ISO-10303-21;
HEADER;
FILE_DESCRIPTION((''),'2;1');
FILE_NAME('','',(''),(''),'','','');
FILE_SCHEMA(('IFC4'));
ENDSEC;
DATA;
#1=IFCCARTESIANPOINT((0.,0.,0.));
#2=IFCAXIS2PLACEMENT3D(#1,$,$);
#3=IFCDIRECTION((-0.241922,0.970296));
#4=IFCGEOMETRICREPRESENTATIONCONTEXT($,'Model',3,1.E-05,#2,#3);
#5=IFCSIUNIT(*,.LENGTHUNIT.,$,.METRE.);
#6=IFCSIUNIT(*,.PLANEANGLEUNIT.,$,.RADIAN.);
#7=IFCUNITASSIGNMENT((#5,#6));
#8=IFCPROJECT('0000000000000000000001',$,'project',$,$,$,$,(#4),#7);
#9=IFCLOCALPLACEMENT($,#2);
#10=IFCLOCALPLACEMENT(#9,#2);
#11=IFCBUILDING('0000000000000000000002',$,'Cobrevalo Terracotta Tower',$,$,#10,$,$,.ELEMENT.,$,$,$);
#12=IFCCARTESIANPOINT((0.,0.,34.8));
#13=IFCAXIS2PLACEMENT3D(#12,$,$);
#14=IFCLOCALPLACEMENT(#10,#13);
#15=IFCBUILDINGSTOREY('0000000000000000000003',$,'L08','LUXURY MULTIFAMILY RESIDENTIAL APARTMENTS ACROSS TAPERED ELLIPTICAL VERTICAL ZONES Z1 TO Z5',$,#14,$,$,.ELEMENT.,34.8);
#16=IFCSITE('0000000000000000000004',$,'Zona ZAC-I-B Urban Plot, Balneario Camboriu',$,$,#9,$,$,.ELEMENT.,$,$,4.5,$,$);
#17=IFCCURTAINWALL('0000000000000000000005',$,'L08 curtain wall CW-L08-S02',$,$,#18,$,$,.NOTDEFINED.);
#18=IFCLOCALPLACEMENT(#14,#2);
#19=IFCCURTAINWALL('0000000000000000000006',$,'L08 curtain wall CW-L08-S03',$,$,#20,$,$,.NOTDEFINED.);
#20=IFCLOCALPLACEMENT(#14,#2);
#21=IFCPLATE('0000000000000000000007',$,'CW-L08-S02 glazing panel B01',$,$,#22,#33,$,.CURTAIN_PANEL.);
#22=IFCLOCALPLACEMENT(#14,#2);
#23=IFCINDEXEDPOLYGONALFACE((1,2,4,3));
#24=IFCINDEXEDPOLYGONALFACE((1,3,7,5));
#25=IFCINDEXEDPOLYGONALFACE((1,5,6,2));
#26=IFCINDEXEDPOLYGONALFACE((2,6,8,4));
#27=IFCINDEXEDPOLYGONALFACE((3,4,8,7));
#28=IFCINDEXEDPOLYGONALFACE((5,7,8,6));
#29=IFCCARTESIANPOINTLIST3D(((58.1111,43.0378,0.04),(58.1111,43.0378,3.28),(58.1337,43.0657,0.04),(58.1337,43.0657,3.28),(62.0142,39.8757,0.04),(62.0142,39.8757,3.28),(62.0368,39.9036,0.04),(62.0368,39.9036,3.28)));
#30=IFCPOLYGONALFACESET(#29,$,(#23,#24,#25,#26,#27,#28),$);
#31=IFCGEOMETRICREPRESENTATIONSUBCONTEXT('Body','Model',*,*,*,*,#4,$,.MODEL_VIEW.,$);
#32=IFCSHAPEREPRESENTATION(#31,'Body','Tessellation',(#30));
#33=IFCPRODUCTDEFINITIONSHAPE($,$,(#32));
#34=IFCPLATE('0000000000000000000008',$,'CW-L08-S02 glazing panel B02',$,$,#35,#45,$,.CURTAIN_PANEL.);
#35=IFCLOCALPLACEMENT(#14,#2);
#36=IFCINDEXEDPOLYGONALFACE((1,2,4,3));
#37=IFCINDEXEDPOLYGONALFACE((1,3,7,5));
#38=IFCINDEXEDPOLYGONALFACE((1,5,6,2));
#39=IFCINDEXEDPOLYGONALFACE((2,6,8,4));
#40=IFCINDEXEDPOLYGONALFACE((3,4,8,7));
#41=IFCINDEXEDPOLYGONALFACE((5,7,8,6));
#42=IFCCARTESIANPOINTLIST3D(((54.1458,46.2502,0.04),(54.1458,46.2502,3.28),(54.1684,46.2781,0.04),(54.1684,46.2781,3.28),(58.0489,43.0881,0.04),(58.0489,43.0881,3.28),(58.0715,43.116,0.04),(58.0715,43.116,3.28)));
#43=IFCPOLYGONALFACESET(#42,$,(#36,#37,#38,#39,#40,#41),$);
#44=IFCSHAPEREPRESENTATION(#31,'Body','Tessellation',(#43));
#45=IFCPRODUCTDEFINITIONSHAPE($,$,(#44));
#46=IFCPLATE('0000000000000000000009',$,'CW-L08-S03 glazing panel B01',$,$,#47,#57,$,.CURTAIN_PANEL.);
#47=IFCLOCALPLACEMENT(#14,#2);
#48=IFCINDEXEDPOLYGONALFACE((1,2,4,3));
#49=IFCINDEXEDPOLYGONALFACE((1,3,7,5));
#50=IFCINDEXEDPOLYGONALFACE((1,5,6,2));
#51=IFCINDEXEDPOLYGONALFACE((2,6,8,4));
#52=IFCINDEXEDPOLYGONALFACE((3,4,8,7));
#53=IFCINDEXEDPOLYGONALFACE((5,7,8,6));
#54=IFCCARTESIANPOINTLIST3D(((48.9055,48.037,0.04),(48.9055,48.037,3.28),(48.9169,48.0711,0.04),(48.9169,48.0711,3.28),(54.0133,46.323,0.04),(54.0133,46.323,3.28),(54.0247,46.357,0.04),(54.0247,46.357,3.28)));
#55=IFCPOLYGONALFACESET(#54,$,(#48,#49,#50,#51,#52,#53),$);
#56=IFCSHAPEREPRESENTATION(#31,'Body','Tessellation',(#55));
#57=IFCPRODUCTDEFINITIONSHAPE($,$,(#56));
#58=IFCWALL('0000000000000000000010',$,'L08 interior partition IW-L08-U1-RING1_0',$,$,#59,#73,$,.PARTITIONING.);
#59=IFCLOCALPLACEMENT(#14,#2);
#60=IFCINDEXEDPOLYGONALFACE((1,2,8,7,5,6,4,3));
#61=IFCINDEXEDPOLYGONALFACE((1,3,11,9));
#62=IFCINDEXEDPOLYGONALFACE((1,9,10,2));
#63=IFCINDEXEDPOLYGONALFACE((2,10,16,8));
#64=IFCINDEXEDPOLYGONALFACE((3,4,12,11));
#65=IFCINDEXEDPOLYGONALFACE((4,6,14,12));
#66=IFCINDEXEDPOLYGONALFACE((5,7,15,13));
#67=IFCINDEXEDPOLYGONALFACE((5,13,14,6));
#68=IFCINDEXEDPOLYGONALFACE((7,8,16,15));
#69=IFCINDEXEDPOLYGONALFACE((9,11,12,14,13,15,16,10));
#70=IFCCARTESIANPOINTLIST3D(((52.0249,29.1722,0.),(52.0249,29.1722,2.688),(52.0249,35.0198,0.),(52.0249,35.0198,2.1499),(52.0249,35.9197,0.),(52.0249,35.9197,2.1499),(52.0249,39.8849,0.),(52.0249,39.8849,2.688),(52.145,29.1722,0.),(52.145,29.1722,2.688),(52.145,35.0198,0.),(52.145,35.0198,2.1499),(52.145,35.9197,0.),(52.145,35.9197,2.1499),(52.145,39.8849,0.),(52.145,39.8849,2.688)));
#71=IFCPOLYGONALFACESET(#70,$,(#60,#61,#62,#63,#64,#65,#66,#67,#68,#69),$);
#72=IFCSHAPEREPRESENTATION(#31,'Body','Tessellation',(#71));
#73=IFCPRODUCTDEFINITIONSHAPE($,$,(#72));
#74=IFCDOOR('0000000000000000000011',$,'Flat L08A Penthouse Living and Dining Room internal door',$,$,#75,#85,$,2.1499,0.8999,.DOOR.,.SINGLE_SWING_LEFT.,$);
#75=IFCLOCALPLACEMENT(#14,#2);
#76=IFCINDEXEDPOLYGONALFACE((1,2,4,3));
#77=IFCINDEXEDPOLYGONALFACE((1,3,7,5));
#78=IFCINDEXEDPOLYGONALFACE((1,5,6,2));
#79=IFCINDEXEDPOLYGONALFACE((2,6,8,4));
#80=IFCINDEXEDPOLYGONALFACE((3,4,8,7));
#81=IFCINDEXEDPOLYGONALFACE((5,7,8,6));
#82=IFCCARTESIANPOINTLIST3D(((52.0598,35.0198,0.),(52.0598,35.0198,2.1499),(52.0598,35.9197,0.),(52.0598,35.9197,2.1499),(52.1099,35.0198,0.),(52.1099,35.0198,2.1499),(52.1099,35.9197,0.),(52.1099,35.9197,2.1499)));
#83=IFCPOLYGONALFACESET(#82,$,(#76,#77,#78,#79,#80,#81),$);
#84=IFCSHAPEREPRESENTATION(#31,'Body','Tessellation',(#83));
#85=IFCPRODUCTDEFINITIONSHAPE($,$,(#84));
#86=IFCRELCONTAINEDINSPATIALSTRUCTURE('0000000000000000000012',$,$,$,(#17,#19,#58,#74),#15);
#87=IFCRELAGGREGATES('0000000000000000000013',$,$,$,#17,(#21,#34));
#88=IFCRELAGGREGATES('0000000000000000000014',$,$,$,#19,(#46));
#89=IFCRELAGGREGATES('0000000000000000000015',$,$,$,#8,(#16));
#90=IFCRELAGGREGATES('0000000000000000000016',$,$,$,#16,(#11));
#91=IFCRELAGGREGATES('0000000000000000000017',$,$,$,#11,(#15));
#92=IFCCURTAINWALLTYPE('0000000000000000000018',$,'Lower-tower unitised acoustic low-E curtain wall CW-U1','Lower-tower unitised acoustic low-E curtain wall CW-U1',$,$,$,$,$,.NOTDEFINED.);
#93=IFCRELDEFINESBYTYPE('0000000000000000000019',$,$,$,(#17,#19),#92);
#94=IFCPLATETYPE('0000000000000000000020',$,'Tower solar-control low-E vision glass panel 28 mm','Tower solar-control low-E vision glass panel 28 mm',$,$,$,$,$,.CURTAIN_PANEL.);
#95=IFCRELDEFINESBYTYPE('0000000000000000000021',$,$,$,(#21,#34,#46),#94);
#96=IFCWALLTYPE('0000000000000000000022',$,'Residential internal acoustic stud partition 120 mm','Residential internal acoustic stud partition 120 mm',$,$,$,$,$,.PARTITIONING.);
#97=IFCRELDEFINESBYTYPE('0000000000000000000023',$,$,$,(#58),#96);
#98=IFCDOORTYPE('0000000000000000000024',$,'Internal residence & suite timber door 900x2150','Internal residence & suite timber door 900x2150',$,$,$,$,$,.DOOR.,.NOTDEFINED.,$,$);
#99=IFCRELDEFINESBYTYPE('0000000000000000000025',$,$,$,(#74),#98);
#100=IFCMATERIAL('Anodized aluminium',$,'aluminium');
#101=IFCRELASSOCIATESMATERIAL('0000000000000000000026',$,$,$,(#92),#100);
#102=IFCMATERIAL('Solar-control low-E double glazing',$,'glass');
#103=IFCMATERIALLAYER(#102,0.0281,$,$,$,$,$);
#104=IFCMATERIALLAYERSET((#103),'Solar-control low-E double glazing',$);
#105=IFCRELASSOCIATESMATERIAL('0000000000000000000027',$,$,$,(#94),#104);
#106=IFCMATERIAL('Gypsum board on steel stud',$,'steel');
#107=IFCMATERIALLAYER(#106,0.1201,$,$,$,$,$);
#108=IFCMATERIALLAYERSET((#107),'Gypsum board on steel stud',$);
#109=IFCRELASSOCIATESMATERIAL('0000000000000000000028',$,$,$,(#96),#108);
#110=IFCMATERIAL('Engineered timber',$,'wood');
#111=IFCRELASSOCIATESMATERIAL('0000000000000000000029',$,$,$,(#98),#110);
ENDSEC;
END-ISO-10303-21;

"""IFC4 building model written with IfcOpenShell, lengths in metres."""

from ifc_helpers import new_model, si_unit, direction, frame, frame_2d, origin, origin_2d, place, context, subcontext, project, spatial, rectangle, extrude, source, transform, mapped, material, layer, layer_set, type_object, element, fill, aggregate, save


model = new_model("IFC4")

# Units and contexts
model_context = context("Model", 3, precision=1e-05, world=origin(), true_north=direction((-0.241922, 0.970296)))
body_context = subcontext(model_context, "Body", "Model", "MODEL_VIEW")
ifc_project = project(units=[si_unit("LENGTHUNIT", "METRE"), si_unit("PLANEANGLEUNIT", "RADIAN")], contexts=[model_context])

# Site, building, storey
site_placement = place(None, origin())
site = spatial("IfcSite", under=ifc_project, at=site_placement, Name="Zona ZAC-I-B Urban Plot, Balneario Camboriu", CompositionType="ELEMENT", RefElevation=4.5)
building_placement = place(site_placement, origin())
building = spatial("IfcBuilding", under=site, at=building_placement, Name="Cobrevalo Terracotta Tower", CompositionType="ELEMENT")
storey_placement = place(building_placement, frame((0.0, 0.0, 34.8)))
storey = spatial("IfcBuildingStorey", under=building, at=storey_placement, Name="L08", Description="LUXURY MULTIFAMILY RESIDENTIAL APARTMENTS ACROSS TAPERED ELLIPTICAL VERTICAL ZONES Z1 TO Z5", CompositionType="ELEMENT", Elevation=34.8)

# Curtain walls
ifc_material_1 = material(Name="Anodized aluminium", Category="aluminium")
curtain_wall_type = type_object("IfcCurtainWallType", Name="Lower-tower unitised acoustic low-E curtain wall CW-U1", Description="Lower-tower unitised acoustic low-E curtain wall CW-U1", PredefinedType="NOTDEFINED", material=ifc_material_1)
curtain_wall_1_placement = place(storey_placement, origin())
curtain_wall_1 = element("IfcCurtainWall", 1, at=curtain_wall_1_placement, inside=storey, type_object=curtain_wall_type, Name="L08 curtain wall CW-L08-S02", PredefinedType="NOTDEFINED")
curtain_wall_2_placement = place(storey_placement, origin())
curtain_wall_2 = element("IfcCurtainWall", 2, at=curtain_wall_2_placement, inside=storey, type_object=curtain_wall_type, Name="L08 curtain wall CW-L08-S03", PredefinedType="NOTDEFINED")

# Plates
ifc_material_2 = material(Name="Solar-control low-E double glazing", Category="glass")
ifc_layer_1 = layer(ifc_material_2, 0.0281)
ifc_layer_set_1 = layer_set([ifc_layer_1], Name="Solar-control low-E double glazing")
plate_type = type_object("IfcPlateType", Name="Tower solar-control low-E vision glass panel 28 mm", Description="Tower solar-control low-E vision glass panel 28 mm", PredefinedType="CURTAIN_PANEL", material=ifc_layer_set_1)
shared_shape_1 = source(origin(), body_context, "Body", "SweptSolid", [
    extrude(rectangle(XDim=5.0232, YDim=0.0359, at=origin_2d()), origin(), (0.0, 0.0, 1.0), 3.24),
])
plate_1_placement = place(storey_placement, frame((60.074, 41.4707, 0.04), z_axis=(0.0, 0.0, 1.0), x_axis=(-0.777008, 0.629491, 0.0)))
plate_1 = element("IfcPlate", 3, at=plate_1_placement, type_object=plate_type, Name="CW-L08-S02 glazing panel B01", PredefinedType="CURTAIN_PANEL", context=body_context, shape_type="MappedRepresentation", body=[
    mapped(shared_shape_1, transform((0.0, 0.0, 0.0), scale=1.0)),
])
plate_2_placement = place(storey_placement, frame((56.1086, 44.6831, 0.04), z_axis=(0.0, 0.0, 1.0), x_axis=(-0.777008, 0.629491, 0.0)))
plate_2 = element("IfcPlate", 4, at=plate_2_placement, type_object=plate_type, Name="CW-L08-S02 glazing panel B02", PredefinedType="CURTAIN_PANEL", context=body_context, shape_type="MappedRepresentation", body=[
    mapped(shared_shape_1, transform((0.0, 0.0, 0.0), scale=1.0)),
])
aggregate(curtain_wall_1, [plate_1, plate_2])
shared_shape_2 = source(origin(), body_context, "Body", "SweptSolid", [
    extrude(rectangle(XDim=5.3877, YDim=0.0359, at=origin_2d()), origin(), (0.0, 0.0, 1.0), 3.24),
])
plate_3_placement = place(storey_placement, frame((51.4651, 47.197, 0.04), z_axis=(0.0, 0.0, 1.0), x_axis=(-0.948044, 0.318139, 0.0)))
plate_3 = element("IfcPlate", 5, at=plate_3_placement, type_object=plate_type, Name="CW-L08-S03 glazing panel B01", PredefinedType="CURTAIN_PANEL", context=body_context, shape_type="MappedRepresentation", body=[
    mapped(shared_shape_2, transform((0.0, 0.0, 0.0), scale=1.0)),
])
aggregate(curtain_wall_2, [plate_3])

# Wall, opening, door
ifc_material_3 = material(Name="Gypsum board on steel stud", Category="steel")
ifc_layer_2 = layer(ifc_material_3, 0.1201)
ifc_layer_set_2 = layer_set([ifc_layer_2], Name="Gypsum board on steel stud")
wall_type = type_object("IfcWallType", Name="Residential internal acoustic stud partition 120 mm", Description="Residential internal acoustic stud partition 120 mm", PredefinedType="PARTITIONING", material=ifc_layer_set_2)
wall_placement = place(storey_placement, frame((52.085, 39.885, 0.0), z_axis=(0.0, 0.0, 1.0), x_axis=(0.0, -1.0, 0.0)))
wall = element("IfcWall", 6, at=wall_placement, inside=storey, type_object=wall_type, Name="L08 interior partition IW-L08-U1-RING1_0", PredefinedType="PARTITIONING", context=body_context, shape_type="SweptSolid", body=[
    extrude(rectangle(XDim=10.7126, YDim=0.1201, at=frame_2d((5.3564, 0.0))), origin(), (0.0, 0.0, 1.0), 2.688),
])
opening_placement = place(wall_placement, frame((3.9653, 0.0, 0.0)))
opening = element("IfcOpeningElement", 7, at=opening_placement, cuts=wall, PredefinedType="OPENING", context=body_context, shape_type="SweptSolid", body=[
    extrude(rectangle(XDim=0.8999, YDim=2.1499, at=frame_2d((0.45, 1.075))), frame((0.0, 0.0701, 0.0), z_axis=(0.0, -1.0, 0.0), x_axis=(1.0, 0.0, 0.0)), (0.0, 0.0, 1.0), 0.1401),
])
ifc_material_4 = material(Name="Engineered timber", Category="wood")
door_type = type_object("IfcDoorType", Name="Internal residence & suite timber door 900x2150", Description="Internal residence & suite timber door 900x2150", OperationType="NOTDEFINED", PredefinedType="DOOR", material=ifc_material_4)
shared_shape_3 = source(origin(), body_context, "Body", "SweptSolid", [
    extrude(rectangle(XDim=0.8999, YDim=2.1499, at=frame_2d((0.45, 1.075))), frame((0.0, 0.0249, 0.0), z_axis=(0.0, -1.0, 0.0), x_axis=(1.0, 0.0, 0.0)), (0.0, 0.0, 1.0), 0.05),
])
door_placement = place(opening_placement, origin())
door = element("IfcDoor", 8, at=door_placement, inside=storey, type_object=door_type, Name="Flat L08A Penthouse Living and Dining Room internal door", OperationType="SINGLE_SWING_LEFT", OverallHeight=2.1499, OverallWidth=0.8999, PredefinedType="DOOR", context=body_context, shape_type="MappedRepresentation", body=[
    mapped(shared_shape_3, transform((0.0, 0.0, 0.0), scale=1.0)),
])
fill(opening, door)

save(model, "model.ifc")
